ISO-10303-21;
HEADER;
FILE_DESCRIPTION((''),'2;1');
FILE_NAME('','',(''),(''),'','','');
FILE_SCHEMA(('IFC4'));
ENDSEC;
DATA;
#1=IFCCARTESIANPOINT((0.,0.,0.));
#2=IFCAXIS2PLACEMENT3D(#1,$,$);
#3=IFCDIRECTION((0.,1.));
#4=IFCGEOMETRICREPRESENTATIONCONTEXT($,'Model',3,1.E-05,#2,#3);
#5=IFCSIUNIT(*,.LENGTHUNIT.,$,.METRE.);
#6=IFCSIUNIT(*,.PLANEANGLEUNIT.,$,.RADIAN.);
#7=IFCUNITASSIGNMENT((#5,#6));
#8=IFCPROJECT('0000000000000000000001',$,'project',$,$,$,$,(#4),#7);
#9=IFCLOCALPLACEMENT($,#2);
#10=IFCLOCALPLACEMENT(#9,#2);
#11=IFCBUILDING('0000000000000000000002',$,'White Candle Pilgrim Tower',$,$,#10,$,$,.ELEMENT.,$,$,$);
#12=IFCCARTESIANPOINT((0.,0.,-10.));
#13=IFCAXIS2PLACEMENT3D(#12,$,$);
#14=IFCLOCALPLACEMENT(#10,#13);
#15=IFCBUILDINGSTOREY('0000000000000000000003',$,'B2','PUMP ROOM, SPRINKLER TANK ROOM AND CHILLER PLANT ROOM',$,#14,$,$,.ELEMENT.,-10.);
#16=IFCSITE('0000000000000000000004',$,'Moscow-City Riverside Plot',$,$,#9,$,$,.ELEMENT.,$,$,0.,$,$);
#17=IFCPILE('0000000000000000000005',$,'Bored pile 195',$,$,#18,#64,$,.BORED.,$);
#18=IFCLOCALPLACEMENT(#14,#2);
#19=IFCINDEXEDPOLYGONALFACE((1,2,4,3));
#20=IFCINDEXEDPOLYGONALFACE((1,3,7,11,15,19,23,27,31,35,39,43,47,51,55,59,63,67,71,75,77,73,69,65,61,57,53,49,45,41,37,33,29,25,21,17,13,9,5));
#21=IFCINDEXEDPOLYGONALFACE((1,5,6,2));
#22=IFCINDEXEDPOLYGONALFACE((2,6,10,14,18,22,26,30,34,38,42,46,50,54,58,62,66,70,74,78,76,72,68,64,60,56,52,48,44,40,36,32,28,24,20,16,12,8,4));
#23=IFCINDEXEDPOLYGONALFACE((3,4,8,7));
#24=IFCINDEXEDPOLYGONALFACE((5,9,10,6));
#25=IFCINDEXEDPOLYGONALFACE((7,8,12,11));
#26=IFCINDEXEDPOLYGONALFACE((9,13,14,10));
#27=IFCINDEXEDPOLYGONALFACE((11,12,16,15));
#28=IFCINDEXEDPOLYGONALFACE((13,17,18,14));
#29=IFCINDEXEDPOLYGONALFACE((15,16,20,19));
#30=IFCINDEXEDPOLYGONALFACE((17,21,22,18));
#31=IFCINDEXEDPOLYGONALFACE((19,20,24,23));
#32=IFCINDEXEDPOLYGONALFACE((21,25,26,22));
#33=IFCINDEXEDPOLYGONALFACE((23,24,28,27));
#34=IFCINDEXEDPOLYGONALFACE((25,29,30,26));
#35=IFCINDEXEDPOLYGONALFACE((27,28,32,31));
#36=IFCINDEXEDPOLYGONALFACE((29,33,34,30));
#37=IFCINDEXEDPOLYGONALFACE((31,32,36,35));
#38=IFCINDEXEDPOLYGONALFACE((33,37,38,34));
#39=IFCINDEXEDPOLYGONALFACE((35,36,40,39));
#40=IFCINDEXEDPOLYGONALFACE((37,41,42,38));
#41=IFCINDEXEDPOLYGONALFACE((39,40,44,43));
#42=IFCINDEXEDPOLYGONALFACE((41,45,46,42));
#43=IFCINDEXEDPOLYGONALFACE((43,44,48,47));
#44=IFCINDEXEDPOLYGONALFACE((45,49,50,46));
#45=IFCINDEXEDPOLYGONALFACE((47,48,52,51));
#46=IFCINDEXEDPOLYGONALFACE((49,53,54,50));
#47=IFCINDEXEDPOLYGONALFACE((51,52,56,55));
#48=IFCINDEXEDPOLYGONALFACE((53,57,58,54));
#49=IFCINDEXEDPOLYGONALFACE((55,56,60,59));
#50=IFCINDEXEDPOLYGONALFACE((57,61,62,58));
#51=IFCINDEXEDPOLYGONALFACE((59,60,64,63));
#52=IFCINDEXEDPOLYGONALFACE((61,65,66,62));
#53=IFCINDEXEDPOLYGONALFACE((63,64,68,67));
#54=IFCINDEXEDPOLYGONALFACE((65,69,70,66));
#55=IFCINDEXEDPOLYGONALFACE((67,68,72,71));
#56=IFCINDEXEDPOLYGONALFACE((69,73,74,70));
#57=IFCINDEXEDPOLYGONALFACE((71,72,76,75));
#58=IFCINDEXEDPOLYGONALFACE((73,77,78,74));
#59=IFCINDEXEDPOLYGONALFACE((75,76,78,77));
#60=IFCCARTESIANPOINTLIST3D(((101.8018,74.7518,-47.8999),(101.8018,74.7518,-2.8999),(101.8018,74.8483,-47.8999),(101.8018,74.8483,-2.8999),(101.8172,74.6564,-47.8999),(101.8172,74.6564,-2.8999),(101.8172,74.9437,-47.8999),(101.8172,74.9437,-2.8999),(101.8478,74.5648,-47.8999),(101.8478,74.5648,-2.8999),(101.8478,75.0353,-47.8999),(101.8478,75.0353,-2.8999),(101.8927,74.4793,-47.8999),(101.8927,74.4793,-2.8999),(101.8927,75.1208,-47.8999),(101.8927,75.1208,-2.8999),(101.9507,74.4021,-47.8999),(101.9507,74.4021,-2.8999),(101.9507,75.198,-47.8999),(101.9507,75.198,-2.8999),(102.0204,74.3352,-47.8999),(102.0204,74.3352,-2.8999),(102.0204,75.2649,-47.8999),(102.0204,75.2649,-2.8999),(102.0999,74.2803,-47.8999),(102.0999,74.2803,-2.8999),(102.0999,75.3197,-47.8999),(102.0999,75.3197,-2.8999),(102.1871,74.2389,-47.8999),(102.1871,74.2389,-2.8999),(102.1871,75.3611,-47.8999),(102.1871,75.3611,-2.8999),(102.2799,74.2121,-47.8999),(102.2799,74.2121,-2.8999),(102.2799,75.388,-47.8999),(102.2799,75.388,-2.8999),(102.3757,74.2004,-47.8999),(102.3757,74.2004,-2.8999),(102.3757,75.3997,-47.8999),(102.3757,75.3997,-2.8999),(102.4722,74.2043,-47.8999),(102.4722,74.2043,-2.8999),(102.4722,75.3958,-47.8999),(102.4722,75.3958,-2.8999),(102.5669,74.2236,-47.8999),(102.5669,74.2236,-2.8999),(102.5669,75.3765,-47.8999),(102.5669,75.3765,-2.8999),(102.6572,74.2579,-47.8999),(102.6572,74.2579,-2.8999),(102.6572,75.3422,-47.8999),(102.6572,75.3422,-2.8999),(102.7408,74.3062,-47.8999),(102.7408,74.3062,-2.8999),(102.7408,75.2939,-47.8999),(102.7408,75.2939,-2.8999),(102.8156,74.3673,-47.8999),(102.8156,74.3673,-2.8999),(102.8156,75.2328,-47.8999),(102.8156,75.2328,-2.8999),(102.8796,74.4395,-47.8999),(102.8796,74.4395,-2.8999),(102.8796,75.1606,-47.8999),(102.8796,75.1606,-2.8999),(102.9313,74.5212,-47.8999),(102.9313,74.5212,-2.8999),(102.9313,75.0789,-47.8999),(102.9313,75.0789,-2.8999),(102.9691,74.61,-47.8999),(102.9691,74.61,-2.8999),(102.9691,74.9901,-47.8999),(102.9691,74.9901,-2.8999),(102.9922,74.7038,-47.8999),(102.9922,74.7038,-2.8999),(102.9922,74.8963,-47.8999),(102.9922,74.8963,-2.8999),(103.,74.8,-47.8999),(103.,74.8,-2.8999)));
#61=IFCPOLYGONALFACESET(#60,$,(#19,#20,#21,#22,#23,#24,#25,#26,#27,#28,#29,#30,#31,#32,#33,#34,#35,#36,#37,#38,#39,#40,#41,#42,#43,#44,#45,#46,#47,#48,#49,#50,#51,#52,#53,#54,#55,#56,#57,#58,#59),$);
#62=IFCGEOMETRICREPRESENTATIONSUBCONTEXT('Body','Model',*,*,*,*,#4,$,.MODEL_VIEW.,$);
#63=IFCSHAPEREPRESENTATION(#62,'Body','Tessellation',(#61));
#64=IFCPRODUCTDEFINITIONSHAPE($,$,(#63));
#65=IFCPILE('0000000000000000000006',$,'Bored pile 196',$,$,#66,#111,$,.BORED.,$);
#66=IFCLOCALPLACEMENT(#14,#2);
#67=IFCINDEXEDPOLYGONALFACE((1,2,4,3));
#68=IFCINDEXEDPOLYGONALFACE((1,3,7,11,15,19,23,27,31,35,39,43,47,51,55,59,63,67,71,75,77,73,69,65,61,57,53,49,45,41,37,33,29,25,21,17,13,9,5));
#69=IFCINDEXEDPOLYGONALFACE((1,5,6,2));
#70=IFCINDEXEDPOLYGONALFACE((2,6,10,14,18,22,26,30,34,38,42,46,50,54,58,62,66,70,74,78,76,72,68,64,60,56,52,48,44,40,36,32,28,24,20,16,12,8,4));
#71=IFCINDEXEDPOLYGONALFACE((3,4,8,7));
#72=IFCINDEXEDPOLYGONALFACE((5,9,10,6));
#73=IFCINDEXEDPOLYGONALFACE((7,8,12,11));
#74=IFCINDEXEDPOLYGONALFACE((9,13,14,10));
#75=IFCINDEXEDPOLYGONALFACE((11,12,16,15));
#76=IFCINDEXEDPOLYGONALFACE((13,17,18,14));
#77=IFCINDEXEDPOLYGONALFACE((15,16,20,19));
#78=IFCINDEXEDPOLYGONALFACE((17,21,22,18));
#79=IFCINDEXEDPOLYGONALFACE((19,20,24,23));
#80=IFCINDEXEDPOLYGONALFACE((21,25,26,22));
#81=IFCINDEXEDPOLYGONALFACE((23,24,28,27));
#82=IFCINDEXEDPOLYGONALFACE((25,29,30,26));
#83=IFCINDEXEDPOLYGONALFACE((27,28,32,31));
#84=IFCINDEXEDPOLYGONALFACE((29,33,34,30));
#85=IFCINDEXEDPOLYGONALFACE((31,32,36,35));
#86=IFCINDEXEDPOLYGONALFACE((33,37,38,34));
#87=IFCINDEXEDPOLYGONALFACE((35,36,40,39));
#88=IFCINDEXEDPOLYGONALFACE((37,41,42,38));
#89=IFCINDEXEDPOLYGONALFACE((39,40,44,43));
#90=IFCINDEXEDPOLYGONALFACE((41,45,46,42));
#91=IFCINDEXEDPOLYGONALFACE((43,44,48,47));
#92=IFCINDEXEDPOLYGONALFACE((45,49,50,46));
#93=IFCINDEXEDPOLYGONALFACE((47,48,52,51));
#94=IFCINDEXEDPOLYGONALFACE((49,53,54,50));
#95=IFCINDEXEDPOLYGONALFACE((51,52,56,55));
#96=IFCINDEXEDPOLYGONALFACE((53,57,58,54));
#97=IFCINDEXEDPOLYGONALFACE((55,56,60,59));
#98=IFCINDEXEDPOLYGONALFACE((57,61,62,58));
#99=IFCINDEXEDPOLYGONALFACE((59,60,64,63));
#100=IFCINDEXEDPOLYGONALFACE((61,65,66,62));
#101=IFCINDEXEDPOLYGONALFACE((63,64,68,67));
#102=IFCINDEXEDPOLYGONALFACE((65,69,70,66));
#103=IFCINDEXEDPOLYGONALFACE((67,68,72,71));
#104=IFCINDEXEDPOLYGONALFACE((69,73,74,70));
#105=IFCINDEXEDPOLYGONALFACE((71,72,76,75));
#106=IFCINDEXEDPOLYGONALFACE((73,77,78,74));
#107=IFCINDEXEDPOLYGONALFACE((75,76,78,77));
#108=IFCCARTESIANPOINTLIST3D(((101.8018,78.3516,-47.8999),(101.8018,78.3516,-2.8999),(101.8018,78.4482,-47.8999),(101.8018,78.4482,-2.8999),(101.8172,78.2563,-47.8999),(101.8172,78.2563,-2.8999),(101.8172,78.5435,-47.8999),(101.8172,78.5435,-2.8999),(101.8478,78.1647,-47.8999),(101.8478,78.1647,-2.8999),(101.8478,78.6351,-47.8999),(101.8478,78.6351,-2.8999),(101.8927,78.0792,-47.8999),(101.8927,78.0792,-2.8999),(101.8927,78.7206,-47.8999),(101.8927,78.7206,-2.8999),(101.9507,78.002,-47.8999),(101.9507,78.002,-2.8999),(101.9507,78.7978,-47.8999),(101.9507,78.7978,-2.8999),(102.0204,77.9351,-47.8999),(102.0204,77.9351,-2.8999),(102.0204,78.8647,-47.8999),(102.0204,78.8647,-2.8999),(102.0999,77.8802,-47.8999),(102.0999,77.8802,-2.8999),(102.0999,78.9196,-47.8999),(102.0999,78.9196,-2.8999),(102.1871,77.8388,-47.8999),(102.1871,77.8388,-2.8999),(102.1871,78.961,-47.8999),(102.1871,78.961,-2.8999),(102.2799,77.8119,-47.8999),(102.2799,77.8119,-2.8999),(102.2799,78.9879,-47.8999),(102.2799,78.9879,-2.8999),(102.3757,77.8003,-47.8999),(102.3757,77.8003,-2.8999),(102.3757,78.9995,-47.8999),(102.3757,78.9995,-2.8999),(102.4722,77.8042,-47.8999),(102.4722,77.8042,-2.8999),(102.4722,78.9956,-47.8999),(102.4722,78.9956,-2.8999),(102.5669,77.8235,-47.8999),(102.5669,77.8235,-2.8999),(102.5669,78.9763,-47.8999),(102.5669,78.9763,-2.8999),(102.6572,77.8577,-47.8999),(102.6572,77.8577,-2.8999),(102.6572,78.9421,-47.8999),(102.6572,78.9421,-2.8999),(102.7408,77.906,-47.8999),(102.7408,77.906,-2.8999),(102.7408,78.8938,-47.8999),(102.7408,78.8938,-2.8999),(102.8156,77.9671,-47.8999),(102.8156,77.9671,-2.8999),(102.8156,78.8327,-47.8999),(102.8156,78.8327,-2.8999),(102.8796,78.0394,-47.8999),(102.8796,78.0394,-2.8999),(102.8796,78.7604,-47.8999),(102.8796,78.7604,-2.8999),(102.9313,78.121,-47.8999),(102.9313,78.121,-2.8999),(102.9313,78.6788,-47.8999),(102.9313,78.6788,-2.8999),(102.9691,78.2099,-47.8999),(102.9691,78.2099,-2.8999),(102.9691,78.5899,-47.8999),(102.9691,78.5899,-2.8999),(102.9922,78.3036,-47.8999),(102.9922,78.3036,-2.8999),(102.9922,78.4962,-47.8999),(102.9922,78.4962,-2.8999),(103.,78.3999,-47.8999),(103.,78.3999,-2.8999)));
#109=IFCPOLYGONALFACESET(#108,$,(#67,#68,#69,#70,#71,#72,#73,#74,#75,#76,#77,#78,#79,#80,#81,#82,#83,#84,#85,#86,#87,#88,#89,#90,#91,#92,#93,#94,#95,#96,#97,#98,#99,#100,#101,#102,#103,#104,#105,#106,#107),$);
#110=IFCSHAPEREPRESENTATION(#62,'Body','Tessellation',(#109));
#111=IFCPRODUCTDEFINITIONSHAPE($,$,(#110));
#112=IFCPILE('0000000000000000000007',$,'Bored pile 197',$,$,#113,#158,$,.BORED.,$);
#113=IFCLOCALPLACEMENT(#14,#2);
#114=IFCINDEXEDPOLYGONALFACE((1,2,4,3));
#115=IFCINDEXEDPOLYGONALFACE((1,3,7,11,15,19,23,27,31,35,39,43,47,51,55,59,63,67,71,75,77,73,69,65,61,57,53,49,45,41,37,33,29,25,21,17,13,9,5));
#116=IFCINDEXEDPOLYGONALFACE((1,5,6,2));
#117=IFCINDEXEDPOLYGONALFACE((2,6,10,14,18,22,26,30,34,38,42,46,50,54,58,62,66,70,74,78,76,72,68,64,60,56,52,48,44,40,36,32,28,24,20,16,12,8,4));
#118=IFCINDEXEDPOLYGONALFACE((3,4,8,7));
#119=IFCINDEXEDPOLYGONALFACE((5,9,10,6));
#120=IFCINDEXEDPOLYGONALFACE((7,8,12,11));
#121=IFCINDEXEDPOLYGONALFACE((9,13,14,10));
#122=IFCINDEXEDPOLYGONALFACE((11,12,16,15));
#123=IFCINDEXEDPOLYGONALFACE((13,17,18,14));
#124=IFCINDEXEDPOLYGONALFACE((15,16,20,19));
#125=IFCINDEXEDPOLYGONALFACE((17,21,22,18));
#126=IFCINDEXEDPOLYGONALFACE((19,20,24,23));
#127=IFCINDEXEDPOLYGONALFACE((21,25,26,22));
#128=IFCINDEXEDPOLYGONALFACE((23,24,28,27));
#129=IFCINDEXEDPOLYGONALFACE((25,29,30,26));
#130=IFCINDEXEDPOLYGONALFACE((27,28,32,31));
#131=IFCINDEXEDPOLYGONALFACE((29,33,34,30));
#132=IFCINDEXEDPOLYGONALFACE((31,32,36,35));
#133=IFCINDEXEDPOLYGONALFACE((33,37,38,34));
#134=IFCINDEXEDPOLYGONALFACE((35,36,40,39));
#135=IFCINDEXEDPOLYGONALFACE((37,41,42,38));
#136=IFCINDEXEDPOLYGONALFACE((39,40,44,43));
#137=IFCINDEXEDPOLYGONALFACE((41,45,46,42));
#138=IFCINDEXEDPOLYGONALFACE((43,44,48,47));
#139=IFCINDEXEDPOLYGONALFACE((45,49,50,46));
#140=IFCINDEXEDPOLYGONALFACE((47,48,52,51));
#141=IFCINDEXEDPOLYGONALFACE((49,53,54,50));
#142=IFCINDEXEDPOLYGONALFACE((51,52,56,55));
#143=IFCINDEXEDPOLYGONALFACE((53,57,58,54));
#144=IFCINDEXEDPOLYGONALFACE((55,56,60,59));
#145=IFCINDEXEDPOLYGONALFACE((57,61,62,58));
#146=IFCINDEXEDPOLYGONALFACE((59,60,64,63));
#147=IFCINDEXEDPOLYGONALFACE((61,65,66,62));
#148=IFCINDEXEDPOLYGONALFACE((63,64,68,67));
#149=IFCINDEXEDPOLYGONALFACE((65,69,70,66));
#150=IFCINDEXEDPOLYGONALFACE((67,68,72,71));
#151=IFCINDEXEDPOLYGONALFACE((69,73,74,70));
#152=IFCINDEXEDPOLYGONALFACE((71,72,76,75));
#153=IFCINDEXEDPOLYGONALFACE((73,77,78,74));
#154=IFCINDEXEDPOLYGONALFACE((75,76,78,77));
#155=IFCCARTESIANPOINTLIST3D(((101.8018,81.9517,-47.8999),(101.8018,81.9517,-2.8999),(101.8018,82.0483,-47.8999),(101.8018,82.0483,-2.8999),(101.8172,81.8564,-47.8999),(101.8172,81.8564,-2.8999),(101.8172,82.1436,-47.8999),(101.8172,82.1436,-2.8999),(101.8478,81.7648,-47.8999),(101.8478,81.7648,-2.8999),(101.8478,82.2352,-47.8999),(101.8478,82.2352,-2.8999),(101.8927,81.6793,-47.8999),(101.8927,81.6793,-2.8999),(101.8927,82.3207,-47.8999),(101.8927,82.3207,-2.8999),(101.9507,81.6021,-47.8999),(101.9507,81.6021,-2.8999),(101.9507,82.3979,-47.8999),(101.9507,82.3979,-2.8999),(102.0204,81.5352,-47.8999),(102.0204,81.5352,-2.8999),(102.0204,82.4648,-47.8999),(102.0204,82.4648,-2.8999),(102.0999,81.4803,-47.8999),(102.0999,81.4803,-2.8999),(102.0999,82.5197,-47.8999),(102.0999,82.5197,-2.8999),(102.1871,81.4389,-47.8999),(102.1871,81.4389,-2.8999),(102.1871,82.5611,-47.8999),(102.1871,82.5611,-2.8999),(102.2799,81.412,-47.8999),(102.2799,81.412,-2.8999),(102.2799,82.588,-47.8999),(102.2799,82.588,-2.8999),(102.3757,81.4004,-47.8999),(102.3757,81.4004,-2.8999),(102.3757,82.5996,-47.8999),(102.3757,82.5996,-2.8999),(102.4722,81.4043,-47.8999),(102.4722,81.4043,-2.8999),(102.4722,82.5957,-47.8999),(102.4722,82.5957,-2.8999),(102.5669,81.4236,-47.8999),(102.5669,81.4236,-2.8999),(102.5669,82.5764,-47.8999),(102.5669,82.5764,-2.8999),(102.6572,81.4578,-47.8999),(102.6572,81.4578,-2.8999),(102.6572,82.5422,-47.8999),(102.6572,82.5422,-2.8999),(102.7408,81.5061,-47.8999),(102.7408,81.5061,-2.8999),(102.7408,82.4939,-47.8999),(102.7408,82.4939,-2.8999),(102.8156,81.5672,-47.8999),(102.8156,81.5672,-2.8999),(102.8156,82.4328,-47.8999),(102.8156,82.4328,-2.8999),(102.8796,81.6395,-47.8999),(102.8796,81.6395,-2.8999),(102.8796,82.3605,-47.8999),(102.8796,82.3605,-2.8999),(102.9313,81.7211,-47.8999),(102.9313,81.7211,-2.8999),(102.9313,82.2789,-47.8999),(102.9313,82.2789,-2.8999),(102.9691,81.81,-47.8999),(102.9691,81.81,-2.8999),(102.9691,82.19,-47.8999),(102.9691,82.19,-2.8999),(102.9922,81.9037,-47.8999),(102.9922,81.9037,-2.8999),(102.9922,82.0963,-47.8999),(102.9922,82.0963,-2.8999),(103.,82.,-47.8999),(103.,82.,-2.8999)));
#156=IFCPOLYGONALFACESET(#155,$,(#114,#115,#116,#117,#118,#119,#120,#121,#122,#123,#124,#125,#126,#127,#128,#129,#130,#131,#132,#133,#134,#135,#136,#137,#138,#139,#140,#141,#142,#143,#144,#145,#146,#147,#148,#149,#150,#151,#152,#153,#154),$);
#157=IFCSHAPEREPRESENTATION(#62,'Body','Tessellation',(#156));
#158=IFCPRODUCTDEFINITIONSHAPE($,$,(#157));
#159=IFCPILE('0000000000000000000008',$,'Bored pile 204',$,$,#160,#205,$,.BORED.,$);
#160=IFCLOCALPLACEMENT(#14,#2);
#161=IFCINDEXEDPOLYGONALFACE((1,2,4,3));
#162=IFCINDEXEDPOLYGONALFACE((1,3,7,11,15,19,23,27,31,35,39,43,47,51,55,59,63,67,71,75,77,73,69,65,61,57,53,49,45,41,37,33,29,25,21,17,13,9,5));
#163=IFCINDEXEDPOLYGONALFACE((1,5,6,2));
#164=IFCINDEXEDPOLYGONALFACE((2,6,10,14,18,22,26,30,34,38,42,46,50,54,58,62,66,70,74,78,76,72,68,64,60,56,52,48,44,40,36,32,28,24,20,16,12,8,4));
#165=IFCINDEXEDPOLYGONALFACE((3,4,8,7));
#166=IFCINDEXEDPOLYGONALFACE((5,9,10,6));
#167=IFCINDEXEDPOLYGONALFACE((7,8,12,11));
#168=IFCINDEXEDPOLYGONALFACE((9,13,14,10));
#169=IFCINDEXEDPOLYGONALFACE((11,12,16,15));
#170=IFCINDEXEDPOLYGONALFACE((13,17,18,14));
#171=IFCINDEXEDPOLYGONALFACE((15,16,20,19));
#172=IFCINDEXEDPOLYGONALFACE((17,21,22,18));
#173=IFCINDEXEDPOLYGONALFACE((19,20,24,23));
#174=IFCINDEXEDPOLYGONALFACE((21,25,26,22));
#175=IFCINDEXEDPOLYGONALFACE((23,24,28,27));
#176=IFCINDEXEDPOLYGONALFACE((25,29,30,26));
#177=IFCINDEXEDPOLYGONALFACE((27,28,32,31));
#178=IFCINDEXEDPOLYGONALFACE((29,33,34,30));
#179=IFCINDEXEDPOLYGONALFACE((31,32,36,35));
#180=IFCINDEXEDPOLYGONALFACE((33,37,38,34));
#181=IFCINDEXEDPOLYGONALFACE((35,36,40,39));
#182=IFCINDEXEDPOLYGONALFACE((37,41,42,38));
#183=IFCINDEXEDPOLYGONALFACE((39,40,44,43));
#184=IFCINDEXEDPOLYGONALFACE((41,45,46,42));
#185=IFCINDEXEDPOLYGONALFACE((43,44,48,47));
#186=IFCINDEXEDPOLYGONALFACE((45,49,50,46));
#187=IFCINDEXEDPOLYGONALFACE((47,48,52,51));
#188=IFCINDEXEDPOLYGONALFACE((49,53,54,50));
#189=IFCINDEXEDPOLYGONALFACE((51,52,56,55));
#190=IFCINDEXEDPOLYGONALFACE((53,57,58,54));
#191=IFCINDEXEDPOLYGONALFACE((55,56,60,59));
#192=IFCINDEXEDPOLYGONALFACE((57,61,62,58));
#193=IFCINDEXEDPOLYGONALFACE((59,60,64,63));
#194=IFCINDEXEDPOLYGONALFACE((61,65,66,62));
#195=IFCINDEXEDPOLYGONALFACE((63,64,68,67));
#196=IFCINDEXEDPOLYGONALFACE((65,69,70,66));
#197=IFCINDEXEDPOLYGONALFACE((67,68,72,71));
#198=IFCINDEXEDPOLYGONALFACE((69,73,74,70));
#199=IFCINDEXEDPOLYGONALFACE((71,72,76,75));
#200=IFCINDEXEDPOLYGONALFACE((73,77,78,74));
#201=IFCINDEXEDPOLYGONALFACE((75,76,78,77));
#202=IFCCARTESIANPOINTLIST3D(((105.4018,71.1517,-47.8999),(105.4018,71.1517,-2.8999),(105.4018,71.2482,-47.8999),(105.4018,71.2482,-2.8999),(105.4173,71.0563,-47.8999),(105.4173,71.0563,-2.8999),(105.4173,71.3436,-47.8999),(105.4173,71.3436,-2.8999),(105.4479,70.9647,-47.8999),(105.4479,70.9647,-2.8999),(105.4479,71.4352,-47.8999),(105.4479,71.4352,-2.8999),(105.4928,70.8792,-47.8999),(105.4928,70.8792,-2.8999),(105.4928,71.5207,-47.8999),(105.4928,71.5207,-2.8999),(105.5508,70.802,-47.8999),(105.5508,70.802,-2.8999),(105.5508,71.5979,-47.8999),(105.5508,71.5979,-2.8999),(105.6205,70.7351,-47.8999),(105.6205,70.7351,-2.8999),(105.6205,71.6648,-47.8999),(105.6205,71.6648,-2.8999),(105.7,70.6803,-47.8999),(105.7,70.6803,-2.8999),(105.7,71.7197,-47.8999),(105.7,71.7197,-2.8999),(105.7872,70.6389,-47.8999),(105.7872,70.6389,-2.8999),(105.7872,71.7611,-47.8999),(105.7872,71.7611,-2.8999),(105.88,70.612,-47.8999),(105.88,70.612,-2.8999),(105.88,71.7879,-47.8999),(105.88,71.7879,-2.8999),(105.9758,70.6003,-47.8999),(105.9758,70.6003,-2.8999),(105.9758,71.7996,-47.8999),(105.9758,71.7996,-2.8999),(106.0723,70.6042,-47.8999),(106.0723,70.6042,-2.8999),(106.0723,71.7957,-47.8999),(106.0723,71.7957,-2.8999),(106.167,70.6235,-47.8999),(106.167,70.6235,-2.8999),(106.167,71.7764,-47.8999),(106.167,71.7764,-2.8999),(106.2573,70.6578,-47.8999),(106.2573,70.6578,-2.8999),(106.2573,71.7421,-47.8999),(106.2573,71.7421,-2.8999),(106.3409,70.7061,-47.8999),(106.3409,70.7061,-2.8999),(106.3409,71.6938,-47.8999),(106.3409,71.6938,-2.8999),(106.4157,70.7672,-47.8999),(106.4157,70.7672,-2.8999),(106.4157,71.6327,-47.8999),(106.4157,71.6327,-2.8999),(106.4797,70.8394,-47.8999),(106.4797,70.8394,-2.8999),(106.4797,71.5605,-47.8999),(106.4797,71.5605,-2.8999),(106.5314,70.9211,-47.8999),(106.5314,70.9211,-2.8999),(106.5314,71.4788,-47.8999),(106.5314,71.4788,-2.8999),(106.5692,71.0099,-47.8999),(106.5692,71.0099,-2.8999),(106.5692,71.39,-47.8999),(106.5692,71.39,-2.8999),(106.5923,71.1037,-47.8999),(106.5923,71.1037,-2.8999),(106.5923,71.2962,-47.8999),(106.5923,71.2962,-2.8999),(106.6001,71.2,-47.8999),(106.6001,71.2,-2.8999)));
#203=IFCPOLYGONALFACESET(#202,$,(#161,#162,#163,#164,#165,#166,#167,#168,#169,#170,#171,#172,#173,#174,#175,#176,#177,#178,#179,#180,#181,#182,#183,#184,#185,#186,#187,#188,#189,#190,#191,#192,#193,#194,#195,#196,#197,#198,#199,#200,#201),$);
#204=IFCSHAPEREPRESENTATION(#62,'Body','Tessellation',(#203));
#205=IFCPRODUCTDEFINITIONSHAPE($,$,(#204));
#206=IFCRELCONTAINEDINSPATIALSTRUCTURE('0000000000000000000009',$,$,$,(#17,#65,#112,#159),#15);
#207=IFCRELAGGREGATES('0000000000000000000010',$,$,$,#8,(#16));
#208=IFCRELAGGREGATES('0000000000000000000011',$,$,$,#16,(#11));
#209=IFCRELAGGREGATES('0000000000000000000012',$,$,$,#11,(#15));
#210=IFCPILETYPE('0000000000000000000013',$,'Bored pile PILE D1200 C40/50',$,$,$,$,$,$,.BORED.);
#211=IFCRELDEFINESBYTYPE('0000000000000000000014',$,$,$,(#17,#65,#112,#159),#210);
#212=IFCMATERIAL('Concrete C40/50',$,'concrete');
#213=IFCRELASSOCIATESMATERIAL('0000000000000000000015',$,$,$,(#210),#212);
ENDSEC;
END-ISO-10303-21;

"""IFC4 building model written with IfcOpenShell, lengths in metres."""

from ifc_helpers import new_model, si_unit, direction, frame, origin, origin_2d, place, context, subcontext, project, spatial, circle, extrude, material, material_profile, profile_set, type_object, element, save


model = new_model("IFC4")

# Units and contexts
model_context = context("Model", 3, precision=1e-05, world=origin(), true_north=direction((0.0, 1.0)))
body_context = subcontext(model_context, "Body", "Model", "MODEL_VIEW")
ifc_project = project(units=[si_unit("LENGTHUNIT", "METRE"), si_unit("PLANEANGLEUNIT", "RADIAN")], contexts=[model_context])

# Site, building, storey
site_placement = place(None, origin())
site = spatial("IfcSite", under=ifc_project, at=site_placement, Name="Moscow-City Riverside Plot", CompositionType="ELEMENT", RefElevation=0.0)
building_placement = place(site_placement, origin())
building = spatial("IfcBuilding", under=site, at=building_placement, Name="White Candle Pilgrim Tower", CompositionType="ELEMENT")
storey_placement = place(building_placement, frame((0.0, 0.0, -10.0)))
storey = spatial("IfcBuildingStorey", under=building, at=storey_placement, Name="B2", Description="PUMP ROOM, SPRINKLER TANK ROOM AND CHILLER PLANT ROOM", CompositionType="ELEMENT", Elevation=-10.0)

# Piles
ifc_material_1 = material(Name="Concrete C40/50", Category="concrete")
ifc_material_profile_1 = material_profile(ifc_material_1, circle(Radius=0.6001, at=origin_2d()), Name="PILE D1200")
ifc_profile_set_1 = profile_set([ifc_material_profile_1], Name="Concrete C40/50")
pile_type_1 = type_object("IfcPileType", Name="Bored pile PILE D1200 C40/50", PredefinedType="BORED", material=ifc_profile_set_1)
for number, where, z_axis, x_axis, name in (
    (1, (102.3999, 74.8, -2.8999), (0.0, 0.0, -1.0), (1.0, 0.0, 0.0), "Bored pile 195"),
    (2, (102.3999, 78.3999, -2.8999), (0.0, 0.0, -1.0), (1.0, 0.0, 0.0), "Bored pile 196"),
    (3, (102.3999, 82.0, -2.8999), (0.0, 0.0, -1.0), (1.0, 0.0, 0.0), "Bored pile 197"),
    (4, (106.0, 71.2, -2.8999), (0.0, 0.0, -1.0), (1.0, 0.0, 0.0), "Bored pile 204"),
):
    element("IfcPile", number, at=place(storey_placement, frame(where, z_axis=z_axis, x_axis=x_axis)), inside=storey, type_object=pile_type_1, Name=name, PredefinedType="BORED", context=body_context, shape_type="SweptSolid", body=[
        extrude(circle(Radius=0.6001, at=origin_2d()), origin(), (0.0, 0.0, 1.0), 45.0),
    ])

save(model, "model.ifc")
